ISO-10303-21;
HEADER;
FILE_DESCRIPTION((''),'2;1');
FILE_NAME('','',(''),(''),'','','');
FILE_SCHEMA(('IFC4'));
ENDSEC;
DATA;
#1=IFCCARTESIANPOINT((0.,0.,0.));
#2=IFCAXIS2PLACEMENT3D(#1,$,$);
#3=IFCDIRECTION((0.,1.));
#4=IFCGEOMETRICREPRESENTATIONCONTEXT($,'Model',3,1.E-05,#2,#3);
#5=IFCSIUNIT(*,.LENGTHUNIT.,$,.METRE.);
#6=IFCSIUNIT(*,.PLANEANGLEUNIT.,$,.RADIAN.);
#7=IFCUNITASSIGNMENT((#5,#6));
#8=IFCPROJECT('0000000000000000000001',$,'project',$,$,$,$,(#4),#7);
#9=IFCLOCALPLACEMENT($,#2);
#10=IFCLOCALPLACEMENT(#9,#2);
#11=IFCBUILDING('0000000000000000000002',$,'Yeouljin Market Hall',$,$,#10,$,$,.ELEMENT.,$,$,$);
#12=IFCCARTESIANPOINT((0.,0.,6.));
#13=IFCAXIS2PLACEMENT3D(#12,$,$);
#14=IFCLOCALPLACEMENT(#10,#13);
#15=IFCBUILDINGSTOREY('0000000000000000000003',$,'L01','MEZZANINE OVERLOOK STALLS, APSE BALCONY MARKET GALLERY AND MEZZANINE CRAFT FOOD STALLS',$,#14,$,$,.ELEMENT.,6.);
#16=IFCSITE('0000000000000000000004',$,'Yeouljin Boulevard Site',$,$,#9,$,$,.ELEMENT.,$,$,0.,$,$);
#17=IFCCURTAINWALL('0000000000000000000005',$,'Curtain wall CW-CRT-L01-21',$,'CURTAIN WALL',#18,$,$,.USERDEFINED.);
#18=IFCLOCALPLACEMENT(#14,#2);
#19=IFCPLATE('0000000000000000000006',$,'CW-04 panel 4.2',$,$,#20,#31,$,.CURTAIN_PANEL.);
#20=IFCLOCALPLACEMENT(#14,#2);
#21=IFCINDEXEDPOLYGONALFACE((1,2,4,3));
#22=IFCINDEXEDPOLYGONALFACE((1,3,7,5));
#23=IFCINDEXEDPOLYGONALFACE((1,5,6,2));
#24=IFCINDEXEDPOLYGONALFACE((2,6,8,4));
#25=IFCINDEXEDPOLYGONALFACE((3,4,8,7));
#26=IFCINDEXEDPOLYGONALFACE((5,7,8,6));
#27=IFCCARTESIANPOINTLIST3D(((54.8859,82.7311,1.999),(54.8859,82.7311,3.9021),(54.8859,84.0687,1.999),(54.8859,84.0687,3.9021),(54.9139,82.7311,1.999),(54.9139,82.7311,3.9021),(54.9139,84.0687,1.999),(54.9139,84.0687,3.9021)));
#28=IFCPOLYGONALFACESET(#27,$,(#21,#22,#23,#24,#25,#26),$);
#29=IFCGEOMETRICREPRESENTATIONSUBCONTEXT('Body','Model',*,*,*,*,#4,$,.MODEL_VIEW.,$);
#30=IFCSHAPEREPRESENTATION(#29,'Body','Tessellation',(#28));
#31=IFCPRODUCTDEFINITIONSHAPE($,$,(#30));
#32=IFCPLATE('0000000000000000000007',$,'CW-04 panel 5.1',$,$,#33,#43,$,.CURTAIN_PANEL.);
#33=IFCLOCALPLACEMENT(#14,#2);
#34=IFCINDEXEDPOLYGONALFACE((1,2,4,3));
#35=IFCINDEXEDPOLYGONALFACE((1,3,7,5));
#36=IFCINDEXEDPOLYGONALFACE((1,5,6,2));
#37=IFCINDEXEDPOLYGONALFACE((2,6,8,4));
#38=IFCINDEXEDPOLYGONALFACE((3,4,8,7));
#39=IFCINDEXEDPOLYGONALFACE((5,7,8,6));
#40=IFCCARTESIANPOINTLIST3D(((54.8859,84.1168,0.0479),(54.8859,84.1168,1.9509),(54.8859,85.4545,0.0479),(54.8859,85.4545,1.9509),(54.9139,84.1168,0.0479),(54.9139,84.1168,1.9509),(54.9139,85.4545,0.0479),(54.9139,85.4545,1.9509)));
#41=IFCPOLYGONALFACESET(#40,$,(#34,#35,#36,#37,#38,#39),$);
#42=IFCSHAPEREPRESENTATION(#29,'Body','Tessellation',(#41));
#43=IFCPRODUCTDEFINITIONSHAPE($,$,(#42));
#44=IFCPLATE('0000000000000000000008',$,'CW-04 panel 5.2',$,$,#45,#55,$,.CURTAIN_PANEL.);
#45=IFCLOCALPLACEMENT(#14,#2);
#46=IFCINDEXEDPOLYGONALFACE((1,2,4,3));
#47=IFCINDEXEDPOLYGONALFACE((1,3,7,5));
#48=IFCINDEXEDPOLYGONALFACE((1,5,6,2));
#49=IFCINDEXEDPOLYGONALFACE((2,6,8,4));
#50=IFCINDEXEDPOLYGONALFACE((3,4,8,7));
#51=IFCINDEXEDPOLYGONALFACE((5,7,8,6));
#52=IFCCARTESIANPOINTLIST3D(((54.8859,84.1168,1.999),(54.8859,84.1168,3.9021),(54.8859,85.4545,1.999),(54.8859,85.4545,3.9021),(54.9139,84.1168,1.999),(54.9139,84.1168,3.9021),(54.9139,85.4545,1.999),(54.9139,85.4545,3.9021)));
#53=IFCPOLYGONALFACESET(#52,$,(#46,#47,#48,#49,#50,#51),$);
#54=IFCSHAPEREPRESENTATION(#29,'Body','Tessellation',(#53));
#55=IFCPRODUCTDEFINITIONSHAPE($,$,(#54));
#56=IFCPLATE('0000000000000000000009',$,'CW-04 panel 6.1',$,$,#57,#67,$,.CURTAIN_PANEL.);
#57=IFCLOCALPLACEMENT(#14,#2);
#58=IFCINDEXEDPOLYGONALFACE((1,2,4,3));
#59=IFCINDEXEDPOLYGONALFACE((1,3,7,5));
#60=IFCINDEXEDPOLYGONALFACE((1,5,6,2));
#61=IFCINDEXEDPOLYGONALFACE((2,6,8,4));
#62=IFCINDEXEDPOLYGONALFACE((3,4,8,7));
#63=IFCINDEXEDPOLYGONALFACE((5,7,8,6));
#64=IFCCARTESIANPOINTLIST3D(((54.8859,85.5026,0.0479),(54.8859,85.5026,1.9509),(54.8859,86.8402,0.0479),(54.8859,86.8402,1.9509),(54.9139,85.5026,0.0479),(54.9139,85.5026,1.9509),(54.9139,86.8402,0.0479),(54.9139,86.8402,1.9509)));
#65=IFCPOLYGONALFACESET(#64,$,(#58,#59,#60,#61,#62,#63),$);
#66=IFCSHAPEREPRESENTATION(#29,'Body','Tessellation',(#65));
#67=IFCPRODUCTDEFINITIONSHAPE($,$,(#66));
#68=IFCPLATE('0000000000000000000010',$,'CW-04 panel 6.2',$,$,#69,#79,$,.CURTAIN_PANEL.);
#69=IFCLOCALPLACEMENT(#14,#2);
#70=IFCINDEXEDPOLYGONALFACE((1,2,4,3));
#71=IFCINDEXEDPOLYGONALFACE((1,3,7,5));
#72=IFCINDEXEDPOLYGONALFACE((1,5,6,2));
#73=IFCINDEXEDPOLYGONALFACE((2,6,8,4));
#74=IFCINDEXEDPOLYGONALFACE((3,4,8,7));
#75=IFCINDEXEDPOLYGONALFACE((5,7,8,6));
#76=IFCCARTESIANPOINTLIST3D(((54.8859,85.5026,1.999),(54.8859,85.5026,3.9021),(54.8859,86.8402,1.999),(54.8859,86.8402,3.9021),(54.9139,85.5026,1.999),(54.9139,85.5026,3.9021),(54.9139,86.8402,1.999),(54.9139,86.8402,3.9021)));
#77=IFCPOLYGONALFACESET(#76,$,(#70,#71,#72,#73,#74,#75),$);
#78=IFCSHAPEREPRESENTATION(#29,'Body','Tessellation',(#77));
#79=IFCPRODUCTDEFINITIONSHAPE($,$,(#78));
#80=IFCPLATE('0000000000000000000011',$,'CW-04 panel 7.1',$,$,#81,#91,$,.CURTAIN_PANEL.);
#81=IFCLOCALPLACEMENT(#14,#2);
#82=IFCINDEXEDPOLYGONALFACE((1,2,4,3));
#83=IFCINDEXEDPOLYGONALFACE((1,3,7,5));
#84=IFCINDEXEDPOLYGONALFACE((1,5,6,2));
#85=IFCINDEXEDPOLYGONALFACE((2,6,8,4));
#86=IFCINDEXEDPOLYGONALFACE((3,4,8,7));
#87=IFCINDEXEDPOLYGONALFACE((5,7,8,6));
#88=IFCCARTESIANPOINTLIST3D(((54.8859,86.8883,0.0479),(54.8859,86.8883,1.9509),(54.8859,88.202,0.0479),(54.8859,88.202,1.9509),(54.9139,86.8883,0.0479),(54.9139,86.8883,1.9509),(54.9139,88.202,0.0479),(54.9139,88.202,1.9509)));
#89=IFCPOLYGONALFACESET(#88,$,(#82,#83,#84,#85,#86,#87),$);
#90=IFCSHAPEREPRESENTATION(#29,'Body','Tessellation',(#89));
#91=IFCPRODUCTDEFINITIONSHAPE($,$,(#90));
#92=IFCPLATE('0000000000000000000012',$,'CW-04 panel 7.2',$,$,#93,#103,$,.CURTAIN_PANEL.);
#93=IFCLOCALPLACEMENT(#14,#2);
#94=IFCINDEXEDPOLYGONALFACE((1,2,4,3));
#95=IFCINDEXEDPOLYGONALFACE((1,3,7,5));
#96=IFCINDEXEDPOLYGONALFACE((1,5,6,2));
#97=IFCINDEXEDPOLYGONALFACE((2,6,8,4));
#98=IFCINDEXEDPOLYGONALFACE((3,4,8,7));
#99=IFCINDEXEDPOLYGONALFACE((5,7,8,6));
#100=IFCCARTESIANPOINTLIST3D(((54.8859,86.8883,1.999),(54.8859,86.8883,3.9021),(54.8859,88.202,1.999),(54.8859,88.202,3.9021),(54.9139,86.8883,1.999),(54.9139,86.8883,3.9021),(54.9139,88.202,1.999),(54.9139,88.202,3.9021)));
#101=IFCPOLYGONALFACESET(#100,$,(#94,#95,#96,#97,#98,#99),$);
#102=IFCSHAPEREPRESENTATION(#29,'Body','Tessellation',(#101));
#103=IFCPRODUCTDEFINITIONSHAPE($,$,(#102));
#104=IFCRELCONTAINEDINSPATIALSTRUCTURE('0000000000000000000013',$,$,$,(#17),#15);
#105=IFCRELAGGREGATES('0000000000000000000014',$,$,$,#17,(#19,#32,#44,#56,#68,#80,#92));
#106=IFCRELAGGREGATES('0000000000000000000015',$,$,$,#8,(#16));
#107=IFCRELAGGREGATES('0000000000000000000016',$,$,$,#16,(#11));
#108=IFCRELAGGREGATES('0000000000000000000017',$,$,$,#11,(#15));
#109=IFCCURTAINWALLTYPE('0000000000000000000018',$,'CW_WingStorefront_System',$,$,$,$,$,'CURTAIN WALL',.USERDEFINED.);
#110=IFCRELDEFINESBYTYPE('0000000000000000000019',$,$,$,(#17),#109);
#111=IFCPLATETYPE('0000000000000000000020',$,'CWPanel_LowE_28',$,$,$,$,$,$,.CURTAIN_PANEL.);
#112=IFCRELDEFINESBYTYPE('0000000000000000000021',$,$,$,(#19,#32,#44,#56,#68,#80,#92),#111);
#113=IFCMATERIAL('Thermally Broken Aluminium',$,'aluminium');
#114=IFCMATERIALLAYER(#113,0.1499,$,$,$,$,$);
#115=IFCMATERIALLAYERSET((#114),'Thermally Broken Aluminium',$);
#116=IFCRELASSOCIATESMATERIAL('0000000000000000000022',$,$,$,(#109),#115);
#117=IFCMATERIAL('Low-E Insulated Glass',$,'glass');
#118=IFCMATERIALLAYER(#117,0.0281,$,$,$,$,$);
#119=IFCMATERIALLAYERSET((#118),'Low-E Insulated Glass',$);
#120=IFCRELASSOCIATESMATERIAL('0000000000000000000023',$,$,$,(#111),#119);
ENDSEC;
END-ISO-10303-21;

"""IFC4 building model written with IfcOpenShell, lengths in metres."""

from ifc_helpers import new_model, si_unit, direction, frame, origin, origin_2d, place, context, subcontext, project, spatial, rectangle, extrude, material, layer, layer_set, type_object, element, aggregate, save


model = new_model("IFC4")

# Units and contexts
model_context = context("Model", 3, precision=1e-05, world=origin(), true_north=direction((0.0, 1.0)))
body_context = subcontext(model_context, "Body", "Model", "MODEL_VIEW")
ifc_project = project(units=[si_unit("LENGTHUNIT", "METRE"), si_unit("PLANEANGLEUNIT", "RADIAN")], contexts=[model_context])

# Site, building, storey
site_placement = place(None, origin())
site = spatial("IfcSite", under=ifc_project, at=site_placement, Name="Yeouljin Boulevard Site", CompositionType="ELEMENT", RefElevation=0.0)
building_placement = place(site_placement, origin())
building = spatial("IfcBuilding", under=site, at=building_placement, Name="Yeouljin Market Hall", CompositionType="ELEMENT")
storey_placement = place(building_placement, frame((0.0, 0.0, 6.0)))
storey = spatial("IfcBuildingStorey", under=building, at=storey_placement, Name="L01", Description="MEZZANINE OVERLOOK STALLS, APSE BALCONY MARKET GALLERY AND MEZZANINE CRAFT FOOD STALLS", CompositionType="ELEMENT", Elevation=6.0)

# Curtain wall
ifc_material_1 = material(Name="Thermally Broken Aluminium", Category="aluminium")
ifc_layer_1 = layer(ifc_material_1, 0.1499)
ifc_layer_set_1 = layer_set([ifc_layer_1], Name="Thermally Broken Aluminium")
curtain_wall_type = type_object("IfcCurtainWallType", Name="CW_WingStorefront_System", ElementType="CURTAIN WALL", PredefinedType="USERDEFINED", material=ifc_layer_set_1)
curtain_wall_placement = place(storey_placement, origin())
curtain_wall = element("IfcCurtainWall", 1, at=curtain_wall_placement, inside=storey, type_object=curtain_wall_type, Name="Curtain wall CW-CRT-L01-21", ObjectType="CURTAIN WALL", PredefinedType="USERDEFINED")

# Plates
ifc_material_2 = material(Name="Low-E Insulated Glass", Category="glass")
ifc_layer_2 = layer(ifc_material_2, 0.0281)
ifc_layer_set_2 = layer_set([ifc_layer_2], Name="Low-E Insulated Glass")
plate_type = type_object("IfcPlateType", Name="CWPanel_LowE_28", PredefinedType="CURTAIN_PANEL", material=ifc_layer_set_2)
plate_1_placement = place(storey_placement, frame((54.8999, 83.3999, 1.999), z_axis=(0.0, 0.0, 1.0), x_axis=(0.0, 1.0, 0.0)))
plate_1 = element("IfcPlate", 2, at=plate_1_placement, type_object=plate_type, Name="CW-04 panel 4.2", PredefinedType="CURTAIN_PANEL", context=body_context, shape_type="SweptSolid", body=[
    extrude(rectangle(XDim=1.3376, YDim=0.0281, at=origin_2d()), origin(), (0.0, 0.0, 1.0), 1.9031),
])
plate_2_placement = place(storey_placement, frame((54.8999, 84.7856, 0.0479), z_axis=(0.0, 0.0, 1.0), x_axis=(0.0, 1.0, 0.0)))
plate_2 = element("IfcPlate", 3, at=plate_2_placement, type_object=plate_type, Name="CW-04 panel 5.1", PredefinedType="CURTAIN_PANEL", context=body_context, shape_type="SweptSolid", body=[
    extrude(rectangle(XDim=1.3376, YDim=0.0281, at=origin_2d()), origin(), (0.0, 0.0, 1.0), 1.9031),
])
plate_3_placement = place(storey_placement, frame((54.8999, 84.7856, 1.999), z_axis=(0.0, 0.0, 1.0), x_axis=(0.0, 1.0, 0.0)))
plate_3 = element("IfcPlate", 4, at=plate_3_placement, type_object=plate_type, Name="CW-04 panel 5.2", PredefinedType="CURTAIN_PANEL", context=body_context, shape_type="SweptSolid", body=[
    extrude(rectangle(XDim=1.3376, YDim=0.0281, at=origin_2d()), origin(), (0.0, 0.0, 1.0), 1.9031),
])
plate_4_placement = place(storey_placement, frame((54.8999, 86.1714, 0.0479), z_axis=(0.0, 0.0, 1.0), x_axis=(0.0, 1.0, 0.0)))
plate_4 = element("IfcPlate", 5, at=plate_4_placement, type_object=plate_type, Name="CW-04 panel 6.1", PredefinedType="CURTAIN_PANEL", context=body_context, shape_type="SweptSolid", body=[
    extrude(rectangle(XDim=1.3376, YDim=0.0281, at=origin_2d()), origin(), (0.0, 0.0, 1.0), 1.9031),
])
plate_5_placement = place(storey_placement, frame((54.8999, 86.1714, 1.999), z_axis=(0.0, 0.0, 1.0), x_axis=(0.0, 1.0, 0.0)))
plate_5 = element("IfcPlate", 6, at=plate_5_placement, type_object=plate_type, Name="CW-04 panel 6.2", PredefinedType="CURTAIN_PANEL", context=body_context, shape_type="SweptSolid", body=[
    extrude(rectangle(XDim=1.3376, YDim=0.0281, at=origin_2d()), origin(), (0.0, 0.0, 1.0), 1.9031),
])
plate_6_placement = place(storey_placement, frame((54.8999, 87.5452, 0.0479), z_axis=(0.0, 0.0, 1.0), x_axis=(0.0, 1.0, 0.0)))
plate_6 = element("IfcPlate", 7, at=plate_6_placement, type_object=plate_type, Name="CW-04 panel 7.1", PredefinedType="CURTAIN_PANEL", context=body_context, shape_type="SweptSolid", body=[
    extrude(rectangle(XDim=1.3137, YDim=0.0281, at=origin_2d()), origin(), (0.0, 0.0, 1.0), 1.9031),
])
plate_7_placement = place(storey_placement, frame((54.8999, 87.5452, 1.999), z_axis=(0.0, 0.0, 1.0), x_axis=(0.0, 1.0, 0.0)))
plate_7 = element("IfcPlate", 8, at=plate_7_placement, type_object=plate_type, Name="CW-04 panel 7.2", PredefinedType="CURTAIN_PANEL", context=body_context, shape_type="SweptSolid", body=[
    extrude(rectangle(XDim=1.3137, YDim=0.0281, at=origin_2d()), origin(), (0.0, 0.0, 1.0), 1.9031),
])
aggregate(curtain_wall, [plate_1, plate_2, plate_3, plate_4, plate_5, plate_6, plate_7])

save(model, "model.ifc")
